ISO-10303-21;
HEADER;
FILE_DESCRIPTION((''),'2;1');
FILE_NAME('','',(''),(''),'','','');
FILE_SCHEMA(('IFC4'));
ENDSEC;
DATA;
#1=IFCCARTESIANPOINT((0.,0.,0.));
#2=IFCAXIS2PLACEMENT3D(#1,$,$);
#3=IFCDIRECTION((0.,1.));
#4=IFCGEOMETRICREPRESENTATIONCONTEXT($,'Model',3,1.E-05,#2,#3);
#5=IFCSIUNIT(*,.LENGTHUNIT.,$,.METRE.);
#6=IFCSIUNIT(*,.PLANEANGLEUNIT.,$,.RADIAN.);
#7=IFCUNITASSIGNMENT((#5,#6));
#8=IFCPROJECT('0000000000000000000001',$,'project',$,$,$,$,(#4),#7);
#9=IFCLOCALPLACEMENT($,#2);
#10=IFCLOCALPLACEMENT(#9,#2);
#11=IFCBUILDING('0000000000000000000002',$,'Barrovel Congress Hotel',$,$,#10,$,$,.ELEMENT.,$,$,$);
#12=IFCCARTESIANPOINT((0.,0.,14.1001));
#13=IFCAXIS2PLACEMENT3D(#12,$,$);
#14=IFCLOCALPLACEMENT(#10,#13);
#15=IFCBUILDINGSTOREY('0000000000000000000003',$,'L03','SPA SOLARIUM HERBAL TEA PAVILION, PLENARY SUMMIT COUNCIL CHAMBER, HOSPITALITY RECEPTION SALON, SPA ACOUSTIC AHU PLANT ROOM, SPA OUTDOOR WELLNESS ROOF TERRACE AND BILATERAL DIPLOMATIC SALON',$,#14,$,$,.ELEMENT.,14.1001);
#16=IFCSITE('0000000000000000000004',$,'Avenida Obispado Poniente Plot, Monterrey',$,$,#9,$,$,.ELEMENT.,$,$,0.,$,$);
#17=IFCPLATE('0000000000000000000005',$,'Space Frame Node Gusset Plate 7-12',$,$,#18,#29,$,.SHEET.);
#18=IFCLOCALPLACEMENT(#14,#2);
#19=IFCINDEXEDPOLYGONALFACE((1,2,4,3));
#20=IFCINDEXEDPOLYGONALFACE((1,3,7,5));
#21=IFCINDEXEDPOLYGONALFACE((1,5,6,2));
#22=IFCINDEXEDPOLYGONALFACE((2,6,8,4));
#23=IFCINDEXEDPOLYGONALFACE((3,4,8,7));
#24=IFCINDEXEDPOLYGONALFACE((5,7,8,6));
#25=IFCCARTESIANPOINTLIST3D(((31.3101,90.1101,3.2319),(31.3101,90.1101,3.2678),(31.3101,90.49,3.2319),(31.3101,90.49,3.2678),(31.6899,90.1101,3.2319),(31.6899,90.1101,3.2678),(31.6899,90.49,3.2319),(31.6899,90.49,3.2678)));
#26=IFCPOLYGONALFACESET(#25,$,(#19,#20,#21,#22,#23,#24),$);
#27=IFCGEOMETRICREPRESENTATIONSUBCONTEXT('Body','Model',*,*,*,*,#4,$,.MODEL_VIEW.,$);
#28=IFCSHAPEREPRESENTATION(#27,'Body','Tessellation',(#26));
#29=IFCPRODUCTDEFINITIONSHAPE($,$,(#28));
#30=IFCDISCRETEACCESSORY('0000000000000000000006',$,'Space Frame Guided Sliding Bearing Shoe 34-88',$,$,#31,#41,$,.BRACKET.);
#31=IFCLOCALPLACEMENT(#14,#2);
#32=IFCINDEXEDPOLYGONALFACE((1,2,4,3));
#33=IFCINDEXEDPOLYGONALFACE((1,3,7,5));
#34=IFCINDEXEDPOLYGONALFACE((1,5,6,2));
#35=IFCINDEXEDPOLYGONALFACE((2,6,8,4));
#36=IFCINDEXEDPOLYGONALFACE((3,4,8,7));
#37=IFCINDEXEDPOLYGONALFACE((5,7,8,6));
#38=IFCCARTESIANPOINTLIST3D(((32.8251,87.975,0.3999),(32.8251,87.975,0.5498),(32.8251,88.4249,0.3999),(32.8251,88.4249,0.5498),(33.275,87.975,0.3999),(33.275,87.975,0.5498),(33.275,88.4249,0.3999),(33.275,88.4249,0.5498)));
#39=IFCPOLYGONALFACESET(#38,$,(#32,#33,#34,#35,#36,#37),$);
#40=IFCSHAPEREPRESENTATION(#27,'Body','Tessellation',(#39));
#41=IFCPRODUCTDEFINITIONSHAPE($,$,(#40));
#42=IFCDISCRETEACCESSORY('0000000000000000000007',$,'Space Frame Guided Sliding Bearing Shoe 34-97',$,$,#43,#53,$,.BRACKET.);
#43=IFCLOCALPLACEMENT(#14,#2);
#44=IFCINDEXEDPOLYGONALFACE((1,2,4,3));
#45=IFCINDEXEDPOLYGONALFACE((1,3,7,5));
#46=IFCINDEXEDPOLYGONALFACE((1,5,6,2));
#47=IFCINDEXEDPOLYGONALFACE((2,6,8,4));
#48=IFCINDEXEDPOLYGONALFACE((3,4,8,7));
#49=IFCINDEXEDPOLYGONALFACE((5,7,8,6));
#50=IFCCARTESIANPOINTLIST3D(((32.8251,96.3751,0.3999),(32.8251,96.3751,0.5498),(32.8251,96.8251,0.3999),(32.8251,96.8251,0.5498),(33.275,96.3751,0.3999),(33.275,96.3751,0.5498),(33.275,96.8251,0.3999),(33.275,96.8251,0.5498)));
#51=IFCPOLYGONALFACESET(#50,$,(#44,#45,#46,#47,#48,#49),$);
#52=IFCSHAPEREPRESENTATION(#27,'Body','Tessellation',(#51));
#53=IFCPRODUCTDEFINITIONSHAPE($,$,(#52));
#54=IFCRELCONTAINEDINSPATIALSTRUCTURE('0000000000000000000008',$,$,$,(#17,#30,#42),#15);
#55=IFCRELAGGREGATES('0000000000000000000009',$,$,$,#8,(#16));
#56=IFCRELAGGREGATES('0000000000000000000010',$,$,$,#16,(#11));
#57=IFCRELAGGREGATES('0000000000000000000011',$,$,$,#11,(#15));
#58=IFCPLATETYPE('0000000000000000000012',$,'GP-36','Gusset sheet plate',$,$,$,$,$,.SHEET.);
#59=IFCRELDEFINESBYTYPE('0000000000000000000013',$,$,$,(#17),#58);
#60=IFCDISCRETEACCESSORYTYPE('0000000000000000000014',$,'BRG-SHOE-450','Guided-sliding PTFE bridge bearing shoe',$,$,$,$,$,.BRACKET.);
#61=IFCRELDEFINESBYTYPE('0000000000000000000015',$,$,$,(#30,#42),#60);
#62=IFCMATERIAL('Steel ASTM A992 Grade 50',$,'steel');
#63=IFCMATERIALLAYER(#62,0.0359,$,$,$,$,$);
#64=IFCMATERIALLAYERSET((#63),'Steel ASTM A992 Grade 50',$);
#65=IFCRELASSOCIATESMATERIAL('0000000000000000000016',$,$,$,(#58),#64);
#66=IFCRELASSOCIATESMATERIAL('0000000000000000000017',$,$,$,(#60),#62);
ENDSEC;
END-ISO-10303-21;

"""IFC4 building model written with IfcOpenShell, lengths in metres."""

from ifc_helpers import new_model, si_unit, direction, frame, origin, origin_2d, place, context, subcontext, project, spatial, rectangle, extrude, material, layer, layer_set, type_object, element, save


model = new_model("IFC4")

# Units and contexts
model_context = context("Model", 3, precision=1e-05, world=origin(), true_north=direction((0.0, 1.0)))
body_context = subcontext(model_context, "Body", "Model", "MODEL_VIEW")
ifc_project = project(units=[si_unit("LENGTHUNIT", "METRE"), si_unit("PLANEANGLEUNIT", "RADIAN")], contexts=[model_context])

# Site, building, storey
site_placement = place(None, origin())
site = spatial("IfcSite", under=ifc_project, at=site_placement, Name="Avenida Obispado Poniente Plot, Monterrey", CompositionType="ELEMENT", RefElevation=0.0)
building_placement = place(site_placement, origin())
building = spatial("IfcBuilding", under=site, at=building_placement, Name="Barrovel Congress Hotel", CompositionType="ELEMENT")
storey_placement = place(building_placement, frame((0.0, 0.0, 14.1001)))
storey = spatial("IfcBuildingStorey", under=building, at=storey_placement, Name="L03", Description="SPA SOLARIUM HERBAL TEA PAVILION, PLENARY SUMMIT COUNCIL CHAMBER, HOSPITALITY RECEPTION SALON, SPA ACOUSTIC AHU PLANT ROOM, SPA OUTDOOR WELLNESS ROOF TERRACE AND BILATERAL DIPLOMATIC SALON", CompositionType="ELEMENT", Elevation=14.1001)

# Shared definitions
ifc_material_1 = material(Name="Steel ASTM A992 Grade 50", Category="steel")

# Plate
ifc_layer_1 = layer(ifc_material_1, 0.0359)
ifc_layer_set_1 = layer_set([ifc_layer_1], Name="Steel ASTM A992 Grade 50")
plate_type_1 = type_object("IfcPlateType", Name="GP-36", Description="Gusset sheet plate", PredefinedType="SHEET", material=ifc_layer_set_1)
plate_1_placement = place(storey_placement, frame((31.5, 90.3, 3.2319), z_axis=(0.0, 0.0, 1.0), x_axis=(1.0, 0.0, 0.0)))
element("IfcPlate", 1, at=plate_1_placement, inside=storey, type_object=plate_type_1, Name="Space Frame Node Gusset Plate 7-12", PredefinedType="SHEET", context=body_context, shape_type="SweptSolid", body=[
    extrude(rectangle(XDim=0.3799, YDim=0.3799, at=origin_2d()), origin(), (0.0, 0.0, 1.0), 0.0359),
])

# Discrete accessories
discrete_accessory_type = type_object("IfcDiscreteAccessoryType", Name="BRG-SHOE-450", Description="Guided-sliding PTFE bridge bearing shoe", PredefinedType="BRACKET", material=ifc_material_1)
for number, where, z_axis, x_axis, name in (
    (2, (33.05, 88.2, 0.3999), (0.0, 0.0, 1.0), (1.0, 0.0, 0.0), "Space Frame Guided Sliding Bearing Shoe 34-88"),
    (3, (33.05, 96.6001, 0.3999), (0.0, 0.0, 1.0), (1.0, 0.0, 0.0), "Space Frame Guided Sliding Bearing Shoe 34-97"),
):
    element("IfcDiscreteAccessory", number, at=place(storey_placement, frame(where, z_axis=z_axis, x_axis=x_axis)), inside=storey, type_object=discrete_accessory_type, Name=name, PredefinedType="BRACKET", context=body_context, shape_type="SweptSolid", body=[
        extrude(rectangle(XDim=0.45, YDim=0.45, at=origin_2d()), origin(), (0.0, 0.0, 1.0), 0.1499),
    ])

save(model, "model.ifc")
